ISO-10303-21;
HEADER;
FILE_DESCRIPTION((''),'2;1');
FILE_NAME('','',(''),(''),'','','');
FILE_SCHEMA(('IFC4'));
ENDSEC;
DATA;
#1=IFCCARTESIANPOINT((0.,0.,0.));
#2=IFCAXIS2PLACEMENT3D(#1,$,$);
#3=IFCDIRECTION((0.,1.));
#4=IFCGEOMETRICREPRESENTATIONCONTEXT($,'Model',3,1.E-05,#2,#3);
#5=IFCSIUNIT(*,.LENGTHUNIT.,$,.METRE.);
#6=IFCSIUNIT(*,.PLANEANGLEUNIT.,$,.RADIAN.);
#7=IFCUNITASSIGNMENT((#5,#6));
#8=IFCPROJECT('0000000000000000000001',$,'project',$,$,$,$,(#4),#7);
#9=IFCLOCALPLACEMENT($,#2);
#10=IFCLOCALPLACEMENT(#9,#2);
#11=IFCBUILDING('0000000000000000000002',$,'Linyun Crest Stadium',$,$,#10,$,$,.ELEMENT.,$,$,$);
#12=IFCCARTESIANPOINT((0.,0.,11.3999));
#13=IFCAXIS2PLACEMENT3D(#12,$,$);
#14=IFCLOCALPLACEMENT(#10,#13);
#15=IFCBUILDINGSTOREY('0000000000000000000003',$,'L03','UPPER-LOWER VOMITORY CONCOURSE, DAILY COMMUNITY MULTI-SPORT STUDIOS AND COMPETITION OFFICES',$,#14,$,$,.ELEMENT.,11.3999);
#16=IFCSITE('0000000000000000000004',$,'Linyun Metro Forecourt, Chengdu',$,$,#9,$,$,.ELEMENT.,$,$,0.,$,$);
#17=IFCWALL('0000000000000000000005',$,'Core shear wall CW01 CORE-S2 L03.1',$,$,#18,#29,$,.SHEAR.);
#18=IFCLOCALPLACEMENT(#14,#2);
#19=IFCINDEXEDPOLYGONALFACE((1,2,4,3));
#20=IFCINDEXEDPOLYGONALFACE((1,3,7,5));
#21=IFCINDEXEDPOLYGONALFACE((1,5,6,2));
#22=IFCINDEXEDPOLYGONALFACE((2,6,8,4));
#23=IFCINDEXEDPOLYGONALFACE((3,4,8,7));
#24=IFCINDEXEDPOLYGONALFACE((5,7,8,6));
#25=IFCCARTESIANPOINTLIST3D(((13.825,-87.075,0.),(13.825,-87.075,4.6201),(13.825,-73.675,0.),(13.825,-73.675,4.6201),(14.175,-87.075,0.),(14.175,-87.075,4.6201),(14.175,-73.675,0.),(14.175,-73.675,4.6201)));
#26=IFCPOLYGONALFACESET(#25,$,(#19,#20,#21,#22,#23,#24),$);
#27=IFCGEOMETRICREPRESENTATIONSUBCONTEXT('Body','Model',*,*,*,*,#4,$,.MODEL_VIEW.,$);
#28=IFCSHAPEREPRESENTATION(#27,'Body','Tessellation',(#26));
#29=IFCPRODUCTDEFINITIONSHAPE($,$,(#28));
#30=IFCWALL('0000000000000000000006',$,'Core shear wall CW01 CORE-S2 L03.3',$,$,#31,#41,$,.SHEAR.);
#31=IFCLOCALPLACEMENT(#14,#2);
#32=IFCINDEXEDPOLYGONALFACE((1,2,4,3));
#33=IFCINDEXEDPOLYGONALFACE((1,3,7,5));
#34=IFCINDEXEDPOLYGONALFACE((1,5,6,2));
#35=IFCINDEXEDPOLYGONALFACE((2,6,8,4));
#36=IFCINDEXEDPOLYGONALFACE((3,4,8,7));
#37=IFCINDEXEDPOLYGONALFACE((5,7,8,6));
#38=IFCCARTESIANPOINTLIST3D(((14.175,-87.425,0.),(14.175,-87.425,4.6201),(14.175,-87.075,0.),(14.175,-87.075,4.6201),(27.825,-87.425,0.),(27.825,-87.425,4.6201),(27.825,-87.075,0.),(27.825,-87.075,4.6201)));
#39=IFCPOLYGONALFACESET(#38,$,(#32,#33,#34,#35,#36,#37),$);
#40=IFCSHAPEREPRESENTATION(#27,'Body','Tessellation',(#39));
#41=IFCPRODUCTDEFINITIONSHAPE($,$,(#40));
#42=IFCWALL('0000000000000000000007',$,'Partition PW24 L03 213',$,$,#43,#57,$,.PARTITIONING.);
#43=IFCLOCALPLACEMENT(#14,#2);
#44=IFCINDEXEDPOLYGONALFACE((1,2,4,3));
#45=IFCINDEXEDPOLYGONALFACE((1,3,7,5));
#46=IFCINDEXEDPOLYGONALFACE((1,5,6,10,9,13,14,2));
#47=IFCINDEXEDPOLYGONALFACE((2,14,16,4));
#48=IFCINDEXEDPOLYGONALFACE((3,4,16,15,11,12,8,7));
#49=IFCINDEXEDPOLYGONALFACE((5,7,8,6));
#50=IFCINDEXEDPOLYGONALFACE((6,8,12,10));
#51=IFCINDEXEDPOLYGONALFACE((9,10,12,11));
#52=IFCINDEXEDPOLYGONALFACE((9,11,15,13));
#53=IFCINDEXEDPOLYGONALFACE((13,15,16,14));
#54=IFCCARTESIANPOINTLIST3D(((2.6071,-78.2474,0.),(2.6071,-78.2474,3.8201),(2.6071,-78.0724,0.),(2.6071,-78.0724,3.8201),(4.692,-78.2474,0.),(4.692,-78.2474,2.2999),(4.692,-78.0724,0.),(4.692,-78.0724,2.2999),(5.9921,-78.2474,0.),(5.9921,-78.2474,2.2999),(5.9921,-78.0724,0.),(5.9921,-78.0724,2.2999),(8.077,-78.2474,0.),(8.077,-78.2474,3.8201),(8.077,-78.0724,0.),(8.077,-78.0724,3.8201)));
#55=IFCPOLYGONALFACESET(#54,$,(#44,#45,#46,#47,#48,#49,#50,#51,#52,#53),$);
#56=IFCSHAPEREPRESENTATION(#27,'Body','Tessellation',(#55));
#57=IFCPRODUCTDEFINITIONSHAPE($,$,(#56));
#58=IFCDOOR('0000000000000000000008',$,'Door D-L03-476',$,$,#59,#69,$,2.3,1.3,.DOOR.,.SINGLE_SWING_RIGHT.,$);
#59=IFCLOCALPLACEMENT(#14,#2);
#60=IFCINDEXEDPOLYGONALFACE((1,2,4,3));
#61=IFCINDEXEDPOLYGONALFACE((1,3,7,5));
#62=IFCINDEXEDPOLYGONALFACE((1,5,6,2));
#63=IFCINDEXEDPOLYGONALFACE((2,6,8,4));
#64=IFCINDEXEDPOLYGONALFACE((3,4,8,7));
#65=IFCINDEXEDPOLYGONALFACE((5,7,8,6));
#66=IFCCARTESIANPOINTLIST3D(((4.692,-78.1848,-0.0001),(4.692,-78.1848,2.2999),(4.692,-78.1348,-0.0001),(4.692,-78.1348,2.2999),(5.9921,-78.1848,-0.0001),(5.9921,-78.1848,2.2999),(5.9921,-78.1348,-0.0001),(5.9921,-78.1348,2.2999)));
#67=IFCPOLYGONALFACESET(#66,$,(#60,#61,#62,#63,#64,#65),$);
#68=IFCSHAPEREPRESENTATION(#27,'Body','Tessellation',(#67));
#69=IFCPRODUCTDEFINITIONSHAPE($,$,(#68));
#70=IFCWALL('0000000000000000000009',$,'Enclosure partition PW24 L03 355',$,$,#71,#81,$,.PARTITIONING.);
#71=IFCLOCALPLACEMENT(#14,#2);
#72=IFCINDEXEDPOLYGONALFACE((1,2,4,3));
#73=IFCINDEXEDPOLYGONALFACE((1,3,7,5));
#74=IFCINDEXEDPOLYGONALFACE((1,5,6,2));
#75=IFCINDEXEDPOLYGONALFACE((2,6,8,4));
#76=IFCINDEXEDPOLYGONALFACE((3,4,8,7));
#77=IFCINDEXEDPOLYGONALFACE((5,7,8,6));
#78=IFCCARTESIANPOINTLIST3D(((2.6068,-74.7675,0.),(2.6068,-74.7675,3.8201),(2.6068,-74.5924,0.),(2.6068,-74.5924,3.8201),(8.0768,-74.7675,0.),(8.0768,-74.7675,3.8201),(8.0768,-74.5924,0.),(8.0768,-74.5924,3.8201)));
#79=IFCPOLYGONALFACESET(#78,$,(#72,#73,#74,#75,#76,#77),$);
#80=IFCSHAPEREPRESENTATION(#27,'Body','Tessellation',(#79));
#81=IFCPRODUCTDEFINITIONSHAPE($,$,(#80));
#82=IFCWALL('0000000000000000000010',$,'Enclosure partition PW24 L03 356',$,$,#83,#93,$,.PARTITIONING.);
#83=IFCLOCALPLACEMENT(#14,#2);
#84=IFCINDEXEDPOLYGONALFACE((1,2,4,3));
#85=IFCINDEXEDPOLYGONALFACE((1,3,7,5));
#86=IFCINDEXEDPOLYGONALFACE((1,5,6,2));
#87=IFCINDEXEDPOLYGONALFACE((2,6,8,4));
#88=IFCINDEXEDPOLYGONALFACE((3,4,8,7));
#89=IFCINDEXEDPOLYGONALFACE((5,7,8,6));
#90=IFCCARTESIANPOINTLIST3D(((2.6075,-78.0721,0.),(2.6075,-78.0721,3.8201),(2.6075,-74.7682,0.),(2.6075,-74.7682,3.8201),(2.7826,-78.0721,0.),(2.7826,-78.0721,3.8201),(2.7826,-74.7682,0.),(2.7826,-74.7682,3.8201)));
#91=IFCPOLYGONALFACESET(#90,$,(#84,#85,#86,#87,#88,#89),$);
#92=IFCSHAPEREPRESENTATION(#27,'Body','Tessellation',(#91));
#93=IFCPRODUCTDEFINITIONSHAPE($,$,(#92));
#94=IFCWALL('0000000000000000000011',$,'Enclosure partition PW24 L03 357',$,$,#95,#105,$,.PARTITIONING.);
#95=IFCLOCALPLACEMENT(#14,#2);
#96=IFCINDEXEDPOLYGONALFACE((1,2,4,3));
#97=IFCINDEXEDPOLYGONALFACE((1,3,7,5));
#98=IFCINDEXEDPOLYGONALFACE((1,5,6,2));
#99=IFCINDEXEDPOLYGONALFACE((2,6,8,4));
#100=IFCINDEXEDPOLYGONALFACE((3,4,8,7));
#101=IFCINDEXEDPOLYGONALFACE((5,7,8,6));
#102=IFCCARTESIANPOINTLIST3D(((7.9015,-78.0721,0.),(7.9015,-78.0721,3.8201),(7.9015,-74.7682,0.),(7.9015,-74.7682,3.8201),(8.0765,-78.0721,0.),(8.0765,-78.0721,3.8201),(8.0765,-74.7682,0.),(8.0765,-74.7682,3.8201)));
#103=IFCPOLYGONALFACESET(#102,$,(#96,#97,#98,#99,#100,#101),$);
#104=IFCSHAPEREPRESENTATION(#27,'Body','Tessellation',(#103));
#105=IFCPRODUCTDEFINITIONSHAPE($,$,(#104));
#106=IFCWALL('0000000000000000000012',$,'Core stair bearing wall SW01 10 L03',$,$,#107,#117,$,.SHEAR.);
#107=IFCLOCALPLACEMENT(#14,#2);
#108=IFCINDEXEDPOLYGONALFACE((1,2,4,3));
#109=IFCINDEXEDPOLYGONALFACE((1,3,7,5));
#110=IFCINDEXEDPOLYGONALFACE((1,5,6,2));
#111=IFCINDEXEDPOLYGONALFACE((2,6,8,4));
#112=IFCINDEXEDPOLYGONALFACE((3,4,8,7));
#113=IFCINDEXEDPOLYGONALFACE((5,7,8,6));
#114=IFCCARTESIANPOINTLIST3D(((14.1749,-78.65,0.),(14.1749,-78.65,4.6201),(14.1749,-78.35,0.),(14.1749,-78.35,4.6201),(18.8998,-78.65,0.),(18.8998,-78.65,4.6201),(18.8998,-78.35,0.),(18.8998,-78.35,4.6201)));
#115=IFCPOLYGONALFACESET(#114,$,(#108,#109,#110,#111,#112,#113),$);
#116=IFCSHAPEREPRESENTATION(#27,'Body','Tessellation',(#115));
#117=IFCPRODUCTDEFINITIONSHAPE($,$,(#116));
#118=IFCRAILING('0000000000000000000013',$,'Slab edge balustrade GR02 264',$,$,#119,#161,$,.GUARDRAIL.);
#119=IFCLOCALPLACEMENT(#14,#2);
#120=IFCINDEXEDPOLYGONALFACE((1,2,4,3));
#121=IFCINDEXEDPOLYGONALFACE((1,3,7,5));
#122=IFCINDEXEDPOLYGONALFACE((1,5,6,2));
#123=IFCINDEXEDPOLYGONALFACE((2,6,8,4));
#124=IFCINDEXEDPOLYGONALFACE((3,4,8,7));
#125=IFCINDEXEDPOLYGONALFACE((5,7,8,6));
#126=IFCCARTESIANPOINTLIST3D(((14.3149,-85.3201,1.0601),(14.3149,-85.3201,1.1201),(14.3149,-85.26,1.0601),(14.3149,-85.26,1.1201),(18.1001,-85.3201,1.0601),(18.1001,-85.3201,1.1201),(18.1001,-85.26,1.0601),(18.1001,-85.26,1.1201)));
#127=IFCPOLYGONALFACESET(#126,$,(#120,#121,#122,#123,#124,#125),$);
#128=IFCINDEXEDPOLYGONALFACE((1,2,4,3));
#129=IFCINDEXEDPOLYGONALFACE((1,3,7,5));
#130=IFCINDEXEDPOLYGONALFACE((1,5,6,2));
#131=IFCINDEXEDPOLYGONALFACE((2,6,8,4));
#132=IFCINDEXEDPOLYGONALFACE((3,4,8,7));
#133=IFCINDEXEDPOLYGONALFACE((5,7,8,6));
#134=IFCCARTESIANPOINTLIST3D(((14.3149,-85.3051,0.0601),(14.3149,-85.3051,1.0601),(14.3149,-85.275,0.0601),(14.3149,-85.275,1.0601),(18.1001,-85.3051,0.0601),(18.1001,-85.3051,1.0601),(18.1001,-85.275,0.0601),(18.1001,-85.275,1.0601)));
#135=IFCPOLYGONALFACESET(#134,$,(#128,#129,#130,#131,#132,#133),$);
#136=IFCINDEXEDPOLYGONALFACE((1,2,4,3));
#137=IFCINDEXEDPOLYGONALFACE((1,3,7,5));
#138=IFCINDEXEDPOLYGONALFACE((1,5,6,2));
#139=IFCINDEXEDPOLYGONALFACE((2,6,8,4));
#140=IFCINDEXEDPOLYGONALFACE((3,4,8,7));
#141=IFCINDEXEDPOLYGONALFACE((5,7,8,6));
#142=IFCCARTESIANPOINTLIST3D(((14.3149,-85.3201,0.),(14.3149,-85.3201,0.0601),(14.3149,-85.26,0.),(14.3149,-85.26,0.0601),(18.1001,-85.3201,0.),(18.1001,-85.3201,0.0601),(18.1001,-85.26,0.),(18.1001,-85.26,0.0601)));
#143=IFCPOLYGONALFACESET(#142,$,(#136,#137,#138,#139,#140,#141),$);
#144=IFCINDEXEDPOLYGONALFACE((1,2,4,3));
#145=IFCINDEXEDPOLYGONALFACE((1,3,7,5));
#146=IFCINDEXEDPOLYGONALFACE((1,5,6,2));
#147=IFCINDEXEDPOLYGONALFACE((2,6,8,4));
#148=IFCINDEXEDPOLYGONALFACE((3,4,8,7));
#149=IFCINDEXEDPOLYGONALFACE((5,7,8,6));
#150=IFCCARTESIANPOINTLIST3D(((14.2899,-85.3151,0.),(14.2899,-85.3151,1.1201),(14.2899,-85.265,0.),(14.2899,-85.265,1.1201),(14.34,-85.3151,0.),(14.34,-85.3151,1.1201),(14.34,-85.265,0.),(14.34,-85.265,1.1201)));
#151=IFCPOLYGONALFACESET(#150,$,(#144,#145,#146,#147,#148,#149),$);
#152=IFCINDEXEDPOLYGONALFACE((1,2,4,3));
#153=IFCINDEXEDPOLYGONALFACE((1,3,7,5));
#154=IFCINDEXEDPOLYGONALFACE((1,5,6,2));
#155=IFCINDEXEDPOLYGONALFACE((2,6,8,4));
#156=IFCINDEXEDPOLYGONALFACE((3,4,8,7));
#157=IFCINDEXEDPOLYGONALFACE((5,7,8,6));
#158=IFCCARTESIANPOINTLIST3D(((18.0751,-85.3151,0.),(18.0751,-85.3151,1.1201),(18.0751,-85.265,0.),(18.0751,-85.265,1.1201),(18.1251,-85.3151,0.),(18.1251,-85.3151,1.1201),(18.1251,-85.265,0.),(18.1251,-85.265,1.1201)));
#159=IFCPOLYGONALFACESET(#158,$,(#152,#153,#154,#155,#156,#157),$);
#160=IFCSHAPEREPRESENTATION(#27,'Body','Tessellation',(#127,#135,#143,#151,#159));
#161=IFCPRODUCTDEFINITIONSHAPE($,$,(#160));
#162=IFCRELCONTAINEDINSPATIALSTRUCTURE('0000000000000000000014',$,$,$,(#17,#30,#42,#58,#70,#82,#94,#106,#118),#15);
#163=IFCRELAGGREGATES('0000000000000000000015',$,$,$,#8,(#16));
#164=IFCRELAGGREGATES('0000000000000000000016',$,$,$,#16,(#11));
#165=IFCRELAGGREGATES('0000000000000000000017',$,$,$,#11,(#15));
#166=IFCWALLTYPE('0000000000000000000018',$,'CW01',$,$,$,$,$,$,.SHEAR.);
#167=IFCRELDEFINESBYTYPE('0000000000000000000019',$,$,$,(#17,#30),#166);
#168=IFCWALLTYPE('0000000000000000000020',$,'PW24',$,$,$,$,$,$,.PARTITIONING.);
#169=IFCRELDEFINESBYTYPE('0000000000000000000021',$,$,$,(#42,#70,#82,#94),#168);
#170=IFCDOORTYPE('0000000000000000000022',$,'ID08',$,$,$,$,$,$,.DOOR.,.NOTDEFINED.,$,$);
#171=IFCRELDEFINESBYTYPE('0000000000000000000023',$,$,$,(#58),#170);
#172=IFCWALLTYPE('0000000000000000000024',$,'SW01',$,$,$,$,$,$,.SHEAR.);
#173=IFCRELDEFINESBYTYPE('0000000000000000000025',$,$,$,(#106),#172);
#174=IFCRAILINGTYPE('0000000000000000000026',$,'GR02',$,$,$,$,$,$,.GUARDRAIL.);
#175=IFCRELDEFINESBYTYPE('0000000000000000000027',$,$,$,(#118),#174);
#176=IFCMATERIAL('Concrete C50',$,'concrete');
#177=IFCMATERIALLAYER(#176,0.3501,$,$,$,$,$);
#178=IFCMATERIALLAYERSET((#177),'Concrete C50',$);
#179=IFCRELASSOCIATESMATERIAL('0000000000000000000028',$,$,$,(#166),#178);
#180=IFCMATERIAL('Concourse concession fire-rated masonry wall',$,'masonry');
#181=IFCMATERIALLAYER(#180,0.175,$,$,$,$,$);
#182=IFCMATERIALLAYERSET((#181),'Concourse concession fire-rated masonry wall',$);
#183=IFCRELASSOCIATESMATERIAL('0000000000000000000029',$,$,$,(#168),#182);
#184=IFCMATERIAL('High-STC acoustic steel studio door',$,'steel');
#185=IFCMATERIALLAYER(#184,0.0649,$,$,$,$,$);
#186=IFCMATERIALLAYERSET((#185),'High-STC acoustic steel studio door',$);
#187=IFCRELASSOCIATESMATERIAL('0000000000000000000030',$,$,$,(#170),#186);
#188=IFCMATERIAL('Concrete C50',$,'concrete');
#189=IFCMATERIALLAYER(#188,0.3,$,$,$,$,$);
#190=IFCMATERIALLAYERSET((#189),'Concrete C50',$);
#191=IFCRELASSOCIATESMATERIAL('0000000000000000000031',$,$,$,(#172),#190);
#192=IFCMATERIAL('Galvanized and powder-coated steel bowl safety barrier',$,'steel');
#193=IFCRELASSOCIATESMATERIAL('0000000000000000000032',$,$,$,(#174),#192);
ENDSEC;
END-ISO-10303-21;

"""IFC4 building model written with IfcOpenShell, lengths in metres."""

from ifc_helpers import new_model, si_unit, direction, frame, frame_2d, origin, origin_2d, place, context, subcontext, project, spatial, rectangle, extrude, material, layer, layer_set, type_object, element, fill, save


model = new_model("IFC4")

# Units and contexts
model_context = context("Model", 3, precision=1e-05, world=origin(), true_north=direction((0.0, 1.0)))
body_context = subcontext(model_context, "Body", "Model", "MODEL_VIEW")
ifc_project = project(units=[si_unit("LENGTHUNIT", "METRE"), si_unit("PLANEANGLEUNIT", "RADIAN")], contexts=[model_context])

# Site, building, storey
site_placement = place(None, origin())
site = spatial("IfcSite", under=ifc_project, at=site_placement, Name="Linyun Metro Forecourt, Chengdu", CompositionType="ELEMENT", RefElevation=0.0)
building_placement = place(site_placement, origin())
building = spatial("IfcBuilding", under=site, at=building_placement, Name="Linyun Crest Stadium", CompositionType="ELEMENT")
storey_placement = place(building_placement, frame((0.0, 0.0, 11.3999)))
storey = spatial("IfcBuildingStorey", under=building, at=storey_placement, Name="L03", Description="UPPER-LOWER VOMITORY CONCOURSE, DAILY COMMUNITY MULTI-SPORT STUDIOS AND COMPETITION OFFICES", CompositionType="ELEMENT", Elevation=11.3999)

# Walls
ifc_material_1 = material(Name="Concrete C50", Category="concrete")
ifc_layer_1 = layer(ifc_material_1, 0.3501)
ifc_layer_set_1 = layer_set([ifc_layer_1], Name="Concrete C50")
wall_type_1 = type_object("IfcWallType", Name="CW01", PredefinedType="SHEAR", material=ifc_layer_set_1)
wall_1_placement = place(storey_placement, frame((14.0, -87.075, 0.0), z_axis=(0.0, 0.0, 1.0), x_axis=(0.0, 1.0, 0.0)))
element("IfcWall", 1, at=wall_1_placement, inside=storey, type_object=wall_type_1, Name="Core shear wall CW01 CORE-S2 L03.1", PredefinedType="SHEAR", context=body_context, shape_type="SweptSolid", body=[
    extrude(rectangle(XDim=13.3999, YDim=0.3501, at=frame_2d((6.7, 0.0))), origin(), (0.0, 0.0, 1.0), 4.6201),
])
wall_2_placement = place(storey_placement, frame((14.175, -87.25, 0.0), z_axis=(0.0, 0.0, 1.0), x_axis=(1.0, 0.0, 0.0)))
element("IfcWall", 2, at=wall_2_placement, inside=storey, type_object=wall_type_1, Name="Core shear wall CW01 CORE-S2 L03.3", PredefinedType="SHEAR", context=body_context, shape_type="SweptSolid", body=[
    extrude(rectangle(XDim=13.6499, YDim=0.3501, at=frame_2d((6.825, 0.0))), origin(), (0.0, 0.0, 1.0), 4.6201),
])

# Wall, opening, door
ifc_material_2 = material(Name="Concourse concession fire-rated masonry wall", Category="masonry")
ifc_layer_2 = layer(ifc_material_2, 0.175)
ifc_layer_set_2 = layer_set([ifc_layer_2], Name="Concourse concession fire-rated masonry wall")
wall_type_2 = type_object("IfcWallType", Name="PW24", PredefinedType="PARTITIONING", material=ifc_layer_set_2)
wall_3_placement = place(storey_placement, frame((8.0769, -78.1599, 0.0), z_axis=(0.0, 0.0, 1.0), x_axis=(-1.0, 0.0, 0.0)))
wall_3 = element("IfcWall", 3, at=wall_3_placement, inside=storey, type_object=wall_type_2, Name="Partition PW24 L03 213", PredefinedType="PARTITIONING", context=body_context, shape_type="SweptSolid", body=[
    extrude(rectangle(XDim=5.47, YDim=0.175, at=frame_2d((2.7349, 0.0))), origin(), (0.0, 0.0, 1.0), 3.8201),
])
opening_1_placement = place(wall_3_placement, frame((2.085, 0.0, 0.0)))
opening_1 = element("IfcOpeningElement", 4, at=opening_1_placement, cuts=wall_3, PredefinedType="OPENING", context=body_context, shape_type="SweptSolid", body=[
    extrude(rectangle(XDim=1.3, YDim=2.3, at=frame_2d((0.6499, 1.1499))), frame((0.0, 0.0974, 0.0), z_axis=(0.0, -1.0, 0.0), x_axis=(1.0, 0.0, 0.0)), (0.0, 0.0, 1.0), 0.1951),
])
ifc_material_3 = material(Name="High-STC acoustic steel studio door", Category="steel")
ifc_layer_3 = layer(ifc_material_3, 0.0649)
ifc_layer_set_3 = layer_set([ifc_layer_3], Name="High-STC acoustic steel studio door")
door_type_1 = type_object("IfcDoorType", Name="ID08", OperationType="NOTDEFINED", PredefinedType="DOOR", material=ifc_layer_set_3)
door_1_placement = place(opening_1_placement, origin())
door_1 = element("IfcDoor", 5, at=door_1_placement, inside=storey, type_object=door_type_1, Name="Door D-L03-476", OperationType="SINGLE_SWING_RIGHT", OverallHeight=2.3, OverallWidth=1.3, PredefinedType="DOOR", context=body_context, shape_type="SweptSolid", body=[
    extrude(rectangle(XDim=1.3, YDim=2.3, at=frame_2d((0.6499, 1.1499))), frame((0.0, 0.0249, 0.0), z_axis=(0.0, -1.0, 0.0), x_axis=(1.0, 0.0, 0.0)), (0.0, 0.0, 1.0), 0.05),
])
fill(opening_1, door_1)

# Walls
wall_4_placement = place(storey_placement, frame((2.6069, -74.6799, 0.0), z_axis=(0.0, 0.0, 1.0), x_axis=(1.0, 0.0, 0.0)))
element("IfcWall", 6, at=wall_4_placement, inside=storey, type_object=wall_type_2, Name="Enclosure partition PW24 L03 355", PredefinedType="PARTITIONING", context=body_context, shape_type="SweptSolid", body=[
    extrude(rectangle(XDim=5.47, YDim=0.175, at=frame_2d((2.7349, 0.0))), origin(), (0.0, 0.0, 1.0), 3.8201),
])
for number, where, z_axis, x_axis, name in (
    (7, (2.6951, -78.072, 0.0), (0.0, 0.0, 1.0), (0.0, 1.0, 0.0), "Enclosure partition PW24 L03 356"),
    (8, (7.989, -78.072, 0.0), (0.0, 0.0, 1.0), (0.0, 1.0, 0.0), "Enclosure partition PW24 L03 357"),
):
    element("IfcWall", number, at=place(storey_placement, frame(where, z_axis=z_axis, x_axis=x_axis)), inside=storey, type_object=wall_type_2, Name=name, PredefinedType="PARTITIONING", context=body_context, shape_type="SweptSolid", body=[
        extrude(rectangle(XDim=3.304, YDim=0.175, at=frame_2d((1.6519, 0.0))), origin(), (0.0, 0.0, 1.0), 3.8201),
    ])
ifc_material_4 = material(Name="Concrete C50", Category="concrete")
ifc_layer_4 = layer(ifc_material_4, 0.3)
ifc_layer_set_4 = layer_set([ifc_layer_4], Name="Concrete C50")
wall_type_3 = type_object("IfcWallType", Name="SW01", PredefinedType="SHEAR", material=ifc_layer_set_4)
wall_5_placement = place(storey_placement, frame((14.175, -78.5, 0.0), z_axis=(0.0, 0.0, 1.0), x_axis=(1.0, 0.0, 0.0)))
element("IfcWall", 9, at=wall_5_placement, inside=storey, type_object=wall_type_3, Name="Core stair bearing wall SW01 10 L03", PredefinedType="SHEAR", context=body_context, shape_type="SweptSolid", body=[
    extrude(rectangle(XDim=4.7249, YDim=0.3, at=frame_2d((2.3623, 0.0))), origin(), (0.0, 0.0, 1.0), 4.6201),
])

# Railing
ifc_material_5 = material(Name="Galvanized and powder-coated steel bowl safety barrier", Category="steel")
railing_type_1 = type_object("IfcRailingType", Name="GR02", PredefinedType="GUARDRAIL", material=ifc_material_5)
railing_1_placement = place(storey_placement, frame((14.3149, -85.29, 0.0)))
element("IfcRailing", 10, at=railing_1_placement, inside=storey, type_object=railing_type_1, Name="Slab edge balustrade GR02 264", PredefinedType="GUARDRAIL", context=body_context, shape_type="SweptSolid", body=[
    extrude(rectangle(XDim=0.0601, YDim=0.0601, at=origin_2d()), frame((0.0, 0.0, 1.0901), z_axis=(1.0, 0.0, 0.0), x_axis=(0.0, 1.0, 0.0)), (0.0, 0.0, 1.0), 3.7852),
    extrude(rectangle(XDim=0.03, YDim=1.0, at=origin_2d()), frame((0.0, 0.0, 0.5601), z_axis=(1.0, 0.0, 0.0), x_axis=(0.0, 1.0, 0.0)), (0.0, 0.0, 1.0), 3.7852),
    extrude(rectangle(XDim=0.0601, YDim=0.0601, at=origin_2d()), frame((0.0, 0.0, 0.03), z_axis=(1.0, 0.0, 0.0), x_axis=(0.0, 1.0, 0.0)), (0.0, 0.0, 1.0), 3.7852),
    extrude(rectangle(XDim=0.05, YDim=0.05, at=origin_2d()), origin(), (0.0, 0.0, 1.0), 1.1201),
    extrude(rectangle(XDim=0.05, YDim=0.05, at=origin_2d()), frame((3.7852, 0.0, 0.0)), (0.0, 0.0, 1.0), 1.1201),
])

save(model, "model.ifc")
